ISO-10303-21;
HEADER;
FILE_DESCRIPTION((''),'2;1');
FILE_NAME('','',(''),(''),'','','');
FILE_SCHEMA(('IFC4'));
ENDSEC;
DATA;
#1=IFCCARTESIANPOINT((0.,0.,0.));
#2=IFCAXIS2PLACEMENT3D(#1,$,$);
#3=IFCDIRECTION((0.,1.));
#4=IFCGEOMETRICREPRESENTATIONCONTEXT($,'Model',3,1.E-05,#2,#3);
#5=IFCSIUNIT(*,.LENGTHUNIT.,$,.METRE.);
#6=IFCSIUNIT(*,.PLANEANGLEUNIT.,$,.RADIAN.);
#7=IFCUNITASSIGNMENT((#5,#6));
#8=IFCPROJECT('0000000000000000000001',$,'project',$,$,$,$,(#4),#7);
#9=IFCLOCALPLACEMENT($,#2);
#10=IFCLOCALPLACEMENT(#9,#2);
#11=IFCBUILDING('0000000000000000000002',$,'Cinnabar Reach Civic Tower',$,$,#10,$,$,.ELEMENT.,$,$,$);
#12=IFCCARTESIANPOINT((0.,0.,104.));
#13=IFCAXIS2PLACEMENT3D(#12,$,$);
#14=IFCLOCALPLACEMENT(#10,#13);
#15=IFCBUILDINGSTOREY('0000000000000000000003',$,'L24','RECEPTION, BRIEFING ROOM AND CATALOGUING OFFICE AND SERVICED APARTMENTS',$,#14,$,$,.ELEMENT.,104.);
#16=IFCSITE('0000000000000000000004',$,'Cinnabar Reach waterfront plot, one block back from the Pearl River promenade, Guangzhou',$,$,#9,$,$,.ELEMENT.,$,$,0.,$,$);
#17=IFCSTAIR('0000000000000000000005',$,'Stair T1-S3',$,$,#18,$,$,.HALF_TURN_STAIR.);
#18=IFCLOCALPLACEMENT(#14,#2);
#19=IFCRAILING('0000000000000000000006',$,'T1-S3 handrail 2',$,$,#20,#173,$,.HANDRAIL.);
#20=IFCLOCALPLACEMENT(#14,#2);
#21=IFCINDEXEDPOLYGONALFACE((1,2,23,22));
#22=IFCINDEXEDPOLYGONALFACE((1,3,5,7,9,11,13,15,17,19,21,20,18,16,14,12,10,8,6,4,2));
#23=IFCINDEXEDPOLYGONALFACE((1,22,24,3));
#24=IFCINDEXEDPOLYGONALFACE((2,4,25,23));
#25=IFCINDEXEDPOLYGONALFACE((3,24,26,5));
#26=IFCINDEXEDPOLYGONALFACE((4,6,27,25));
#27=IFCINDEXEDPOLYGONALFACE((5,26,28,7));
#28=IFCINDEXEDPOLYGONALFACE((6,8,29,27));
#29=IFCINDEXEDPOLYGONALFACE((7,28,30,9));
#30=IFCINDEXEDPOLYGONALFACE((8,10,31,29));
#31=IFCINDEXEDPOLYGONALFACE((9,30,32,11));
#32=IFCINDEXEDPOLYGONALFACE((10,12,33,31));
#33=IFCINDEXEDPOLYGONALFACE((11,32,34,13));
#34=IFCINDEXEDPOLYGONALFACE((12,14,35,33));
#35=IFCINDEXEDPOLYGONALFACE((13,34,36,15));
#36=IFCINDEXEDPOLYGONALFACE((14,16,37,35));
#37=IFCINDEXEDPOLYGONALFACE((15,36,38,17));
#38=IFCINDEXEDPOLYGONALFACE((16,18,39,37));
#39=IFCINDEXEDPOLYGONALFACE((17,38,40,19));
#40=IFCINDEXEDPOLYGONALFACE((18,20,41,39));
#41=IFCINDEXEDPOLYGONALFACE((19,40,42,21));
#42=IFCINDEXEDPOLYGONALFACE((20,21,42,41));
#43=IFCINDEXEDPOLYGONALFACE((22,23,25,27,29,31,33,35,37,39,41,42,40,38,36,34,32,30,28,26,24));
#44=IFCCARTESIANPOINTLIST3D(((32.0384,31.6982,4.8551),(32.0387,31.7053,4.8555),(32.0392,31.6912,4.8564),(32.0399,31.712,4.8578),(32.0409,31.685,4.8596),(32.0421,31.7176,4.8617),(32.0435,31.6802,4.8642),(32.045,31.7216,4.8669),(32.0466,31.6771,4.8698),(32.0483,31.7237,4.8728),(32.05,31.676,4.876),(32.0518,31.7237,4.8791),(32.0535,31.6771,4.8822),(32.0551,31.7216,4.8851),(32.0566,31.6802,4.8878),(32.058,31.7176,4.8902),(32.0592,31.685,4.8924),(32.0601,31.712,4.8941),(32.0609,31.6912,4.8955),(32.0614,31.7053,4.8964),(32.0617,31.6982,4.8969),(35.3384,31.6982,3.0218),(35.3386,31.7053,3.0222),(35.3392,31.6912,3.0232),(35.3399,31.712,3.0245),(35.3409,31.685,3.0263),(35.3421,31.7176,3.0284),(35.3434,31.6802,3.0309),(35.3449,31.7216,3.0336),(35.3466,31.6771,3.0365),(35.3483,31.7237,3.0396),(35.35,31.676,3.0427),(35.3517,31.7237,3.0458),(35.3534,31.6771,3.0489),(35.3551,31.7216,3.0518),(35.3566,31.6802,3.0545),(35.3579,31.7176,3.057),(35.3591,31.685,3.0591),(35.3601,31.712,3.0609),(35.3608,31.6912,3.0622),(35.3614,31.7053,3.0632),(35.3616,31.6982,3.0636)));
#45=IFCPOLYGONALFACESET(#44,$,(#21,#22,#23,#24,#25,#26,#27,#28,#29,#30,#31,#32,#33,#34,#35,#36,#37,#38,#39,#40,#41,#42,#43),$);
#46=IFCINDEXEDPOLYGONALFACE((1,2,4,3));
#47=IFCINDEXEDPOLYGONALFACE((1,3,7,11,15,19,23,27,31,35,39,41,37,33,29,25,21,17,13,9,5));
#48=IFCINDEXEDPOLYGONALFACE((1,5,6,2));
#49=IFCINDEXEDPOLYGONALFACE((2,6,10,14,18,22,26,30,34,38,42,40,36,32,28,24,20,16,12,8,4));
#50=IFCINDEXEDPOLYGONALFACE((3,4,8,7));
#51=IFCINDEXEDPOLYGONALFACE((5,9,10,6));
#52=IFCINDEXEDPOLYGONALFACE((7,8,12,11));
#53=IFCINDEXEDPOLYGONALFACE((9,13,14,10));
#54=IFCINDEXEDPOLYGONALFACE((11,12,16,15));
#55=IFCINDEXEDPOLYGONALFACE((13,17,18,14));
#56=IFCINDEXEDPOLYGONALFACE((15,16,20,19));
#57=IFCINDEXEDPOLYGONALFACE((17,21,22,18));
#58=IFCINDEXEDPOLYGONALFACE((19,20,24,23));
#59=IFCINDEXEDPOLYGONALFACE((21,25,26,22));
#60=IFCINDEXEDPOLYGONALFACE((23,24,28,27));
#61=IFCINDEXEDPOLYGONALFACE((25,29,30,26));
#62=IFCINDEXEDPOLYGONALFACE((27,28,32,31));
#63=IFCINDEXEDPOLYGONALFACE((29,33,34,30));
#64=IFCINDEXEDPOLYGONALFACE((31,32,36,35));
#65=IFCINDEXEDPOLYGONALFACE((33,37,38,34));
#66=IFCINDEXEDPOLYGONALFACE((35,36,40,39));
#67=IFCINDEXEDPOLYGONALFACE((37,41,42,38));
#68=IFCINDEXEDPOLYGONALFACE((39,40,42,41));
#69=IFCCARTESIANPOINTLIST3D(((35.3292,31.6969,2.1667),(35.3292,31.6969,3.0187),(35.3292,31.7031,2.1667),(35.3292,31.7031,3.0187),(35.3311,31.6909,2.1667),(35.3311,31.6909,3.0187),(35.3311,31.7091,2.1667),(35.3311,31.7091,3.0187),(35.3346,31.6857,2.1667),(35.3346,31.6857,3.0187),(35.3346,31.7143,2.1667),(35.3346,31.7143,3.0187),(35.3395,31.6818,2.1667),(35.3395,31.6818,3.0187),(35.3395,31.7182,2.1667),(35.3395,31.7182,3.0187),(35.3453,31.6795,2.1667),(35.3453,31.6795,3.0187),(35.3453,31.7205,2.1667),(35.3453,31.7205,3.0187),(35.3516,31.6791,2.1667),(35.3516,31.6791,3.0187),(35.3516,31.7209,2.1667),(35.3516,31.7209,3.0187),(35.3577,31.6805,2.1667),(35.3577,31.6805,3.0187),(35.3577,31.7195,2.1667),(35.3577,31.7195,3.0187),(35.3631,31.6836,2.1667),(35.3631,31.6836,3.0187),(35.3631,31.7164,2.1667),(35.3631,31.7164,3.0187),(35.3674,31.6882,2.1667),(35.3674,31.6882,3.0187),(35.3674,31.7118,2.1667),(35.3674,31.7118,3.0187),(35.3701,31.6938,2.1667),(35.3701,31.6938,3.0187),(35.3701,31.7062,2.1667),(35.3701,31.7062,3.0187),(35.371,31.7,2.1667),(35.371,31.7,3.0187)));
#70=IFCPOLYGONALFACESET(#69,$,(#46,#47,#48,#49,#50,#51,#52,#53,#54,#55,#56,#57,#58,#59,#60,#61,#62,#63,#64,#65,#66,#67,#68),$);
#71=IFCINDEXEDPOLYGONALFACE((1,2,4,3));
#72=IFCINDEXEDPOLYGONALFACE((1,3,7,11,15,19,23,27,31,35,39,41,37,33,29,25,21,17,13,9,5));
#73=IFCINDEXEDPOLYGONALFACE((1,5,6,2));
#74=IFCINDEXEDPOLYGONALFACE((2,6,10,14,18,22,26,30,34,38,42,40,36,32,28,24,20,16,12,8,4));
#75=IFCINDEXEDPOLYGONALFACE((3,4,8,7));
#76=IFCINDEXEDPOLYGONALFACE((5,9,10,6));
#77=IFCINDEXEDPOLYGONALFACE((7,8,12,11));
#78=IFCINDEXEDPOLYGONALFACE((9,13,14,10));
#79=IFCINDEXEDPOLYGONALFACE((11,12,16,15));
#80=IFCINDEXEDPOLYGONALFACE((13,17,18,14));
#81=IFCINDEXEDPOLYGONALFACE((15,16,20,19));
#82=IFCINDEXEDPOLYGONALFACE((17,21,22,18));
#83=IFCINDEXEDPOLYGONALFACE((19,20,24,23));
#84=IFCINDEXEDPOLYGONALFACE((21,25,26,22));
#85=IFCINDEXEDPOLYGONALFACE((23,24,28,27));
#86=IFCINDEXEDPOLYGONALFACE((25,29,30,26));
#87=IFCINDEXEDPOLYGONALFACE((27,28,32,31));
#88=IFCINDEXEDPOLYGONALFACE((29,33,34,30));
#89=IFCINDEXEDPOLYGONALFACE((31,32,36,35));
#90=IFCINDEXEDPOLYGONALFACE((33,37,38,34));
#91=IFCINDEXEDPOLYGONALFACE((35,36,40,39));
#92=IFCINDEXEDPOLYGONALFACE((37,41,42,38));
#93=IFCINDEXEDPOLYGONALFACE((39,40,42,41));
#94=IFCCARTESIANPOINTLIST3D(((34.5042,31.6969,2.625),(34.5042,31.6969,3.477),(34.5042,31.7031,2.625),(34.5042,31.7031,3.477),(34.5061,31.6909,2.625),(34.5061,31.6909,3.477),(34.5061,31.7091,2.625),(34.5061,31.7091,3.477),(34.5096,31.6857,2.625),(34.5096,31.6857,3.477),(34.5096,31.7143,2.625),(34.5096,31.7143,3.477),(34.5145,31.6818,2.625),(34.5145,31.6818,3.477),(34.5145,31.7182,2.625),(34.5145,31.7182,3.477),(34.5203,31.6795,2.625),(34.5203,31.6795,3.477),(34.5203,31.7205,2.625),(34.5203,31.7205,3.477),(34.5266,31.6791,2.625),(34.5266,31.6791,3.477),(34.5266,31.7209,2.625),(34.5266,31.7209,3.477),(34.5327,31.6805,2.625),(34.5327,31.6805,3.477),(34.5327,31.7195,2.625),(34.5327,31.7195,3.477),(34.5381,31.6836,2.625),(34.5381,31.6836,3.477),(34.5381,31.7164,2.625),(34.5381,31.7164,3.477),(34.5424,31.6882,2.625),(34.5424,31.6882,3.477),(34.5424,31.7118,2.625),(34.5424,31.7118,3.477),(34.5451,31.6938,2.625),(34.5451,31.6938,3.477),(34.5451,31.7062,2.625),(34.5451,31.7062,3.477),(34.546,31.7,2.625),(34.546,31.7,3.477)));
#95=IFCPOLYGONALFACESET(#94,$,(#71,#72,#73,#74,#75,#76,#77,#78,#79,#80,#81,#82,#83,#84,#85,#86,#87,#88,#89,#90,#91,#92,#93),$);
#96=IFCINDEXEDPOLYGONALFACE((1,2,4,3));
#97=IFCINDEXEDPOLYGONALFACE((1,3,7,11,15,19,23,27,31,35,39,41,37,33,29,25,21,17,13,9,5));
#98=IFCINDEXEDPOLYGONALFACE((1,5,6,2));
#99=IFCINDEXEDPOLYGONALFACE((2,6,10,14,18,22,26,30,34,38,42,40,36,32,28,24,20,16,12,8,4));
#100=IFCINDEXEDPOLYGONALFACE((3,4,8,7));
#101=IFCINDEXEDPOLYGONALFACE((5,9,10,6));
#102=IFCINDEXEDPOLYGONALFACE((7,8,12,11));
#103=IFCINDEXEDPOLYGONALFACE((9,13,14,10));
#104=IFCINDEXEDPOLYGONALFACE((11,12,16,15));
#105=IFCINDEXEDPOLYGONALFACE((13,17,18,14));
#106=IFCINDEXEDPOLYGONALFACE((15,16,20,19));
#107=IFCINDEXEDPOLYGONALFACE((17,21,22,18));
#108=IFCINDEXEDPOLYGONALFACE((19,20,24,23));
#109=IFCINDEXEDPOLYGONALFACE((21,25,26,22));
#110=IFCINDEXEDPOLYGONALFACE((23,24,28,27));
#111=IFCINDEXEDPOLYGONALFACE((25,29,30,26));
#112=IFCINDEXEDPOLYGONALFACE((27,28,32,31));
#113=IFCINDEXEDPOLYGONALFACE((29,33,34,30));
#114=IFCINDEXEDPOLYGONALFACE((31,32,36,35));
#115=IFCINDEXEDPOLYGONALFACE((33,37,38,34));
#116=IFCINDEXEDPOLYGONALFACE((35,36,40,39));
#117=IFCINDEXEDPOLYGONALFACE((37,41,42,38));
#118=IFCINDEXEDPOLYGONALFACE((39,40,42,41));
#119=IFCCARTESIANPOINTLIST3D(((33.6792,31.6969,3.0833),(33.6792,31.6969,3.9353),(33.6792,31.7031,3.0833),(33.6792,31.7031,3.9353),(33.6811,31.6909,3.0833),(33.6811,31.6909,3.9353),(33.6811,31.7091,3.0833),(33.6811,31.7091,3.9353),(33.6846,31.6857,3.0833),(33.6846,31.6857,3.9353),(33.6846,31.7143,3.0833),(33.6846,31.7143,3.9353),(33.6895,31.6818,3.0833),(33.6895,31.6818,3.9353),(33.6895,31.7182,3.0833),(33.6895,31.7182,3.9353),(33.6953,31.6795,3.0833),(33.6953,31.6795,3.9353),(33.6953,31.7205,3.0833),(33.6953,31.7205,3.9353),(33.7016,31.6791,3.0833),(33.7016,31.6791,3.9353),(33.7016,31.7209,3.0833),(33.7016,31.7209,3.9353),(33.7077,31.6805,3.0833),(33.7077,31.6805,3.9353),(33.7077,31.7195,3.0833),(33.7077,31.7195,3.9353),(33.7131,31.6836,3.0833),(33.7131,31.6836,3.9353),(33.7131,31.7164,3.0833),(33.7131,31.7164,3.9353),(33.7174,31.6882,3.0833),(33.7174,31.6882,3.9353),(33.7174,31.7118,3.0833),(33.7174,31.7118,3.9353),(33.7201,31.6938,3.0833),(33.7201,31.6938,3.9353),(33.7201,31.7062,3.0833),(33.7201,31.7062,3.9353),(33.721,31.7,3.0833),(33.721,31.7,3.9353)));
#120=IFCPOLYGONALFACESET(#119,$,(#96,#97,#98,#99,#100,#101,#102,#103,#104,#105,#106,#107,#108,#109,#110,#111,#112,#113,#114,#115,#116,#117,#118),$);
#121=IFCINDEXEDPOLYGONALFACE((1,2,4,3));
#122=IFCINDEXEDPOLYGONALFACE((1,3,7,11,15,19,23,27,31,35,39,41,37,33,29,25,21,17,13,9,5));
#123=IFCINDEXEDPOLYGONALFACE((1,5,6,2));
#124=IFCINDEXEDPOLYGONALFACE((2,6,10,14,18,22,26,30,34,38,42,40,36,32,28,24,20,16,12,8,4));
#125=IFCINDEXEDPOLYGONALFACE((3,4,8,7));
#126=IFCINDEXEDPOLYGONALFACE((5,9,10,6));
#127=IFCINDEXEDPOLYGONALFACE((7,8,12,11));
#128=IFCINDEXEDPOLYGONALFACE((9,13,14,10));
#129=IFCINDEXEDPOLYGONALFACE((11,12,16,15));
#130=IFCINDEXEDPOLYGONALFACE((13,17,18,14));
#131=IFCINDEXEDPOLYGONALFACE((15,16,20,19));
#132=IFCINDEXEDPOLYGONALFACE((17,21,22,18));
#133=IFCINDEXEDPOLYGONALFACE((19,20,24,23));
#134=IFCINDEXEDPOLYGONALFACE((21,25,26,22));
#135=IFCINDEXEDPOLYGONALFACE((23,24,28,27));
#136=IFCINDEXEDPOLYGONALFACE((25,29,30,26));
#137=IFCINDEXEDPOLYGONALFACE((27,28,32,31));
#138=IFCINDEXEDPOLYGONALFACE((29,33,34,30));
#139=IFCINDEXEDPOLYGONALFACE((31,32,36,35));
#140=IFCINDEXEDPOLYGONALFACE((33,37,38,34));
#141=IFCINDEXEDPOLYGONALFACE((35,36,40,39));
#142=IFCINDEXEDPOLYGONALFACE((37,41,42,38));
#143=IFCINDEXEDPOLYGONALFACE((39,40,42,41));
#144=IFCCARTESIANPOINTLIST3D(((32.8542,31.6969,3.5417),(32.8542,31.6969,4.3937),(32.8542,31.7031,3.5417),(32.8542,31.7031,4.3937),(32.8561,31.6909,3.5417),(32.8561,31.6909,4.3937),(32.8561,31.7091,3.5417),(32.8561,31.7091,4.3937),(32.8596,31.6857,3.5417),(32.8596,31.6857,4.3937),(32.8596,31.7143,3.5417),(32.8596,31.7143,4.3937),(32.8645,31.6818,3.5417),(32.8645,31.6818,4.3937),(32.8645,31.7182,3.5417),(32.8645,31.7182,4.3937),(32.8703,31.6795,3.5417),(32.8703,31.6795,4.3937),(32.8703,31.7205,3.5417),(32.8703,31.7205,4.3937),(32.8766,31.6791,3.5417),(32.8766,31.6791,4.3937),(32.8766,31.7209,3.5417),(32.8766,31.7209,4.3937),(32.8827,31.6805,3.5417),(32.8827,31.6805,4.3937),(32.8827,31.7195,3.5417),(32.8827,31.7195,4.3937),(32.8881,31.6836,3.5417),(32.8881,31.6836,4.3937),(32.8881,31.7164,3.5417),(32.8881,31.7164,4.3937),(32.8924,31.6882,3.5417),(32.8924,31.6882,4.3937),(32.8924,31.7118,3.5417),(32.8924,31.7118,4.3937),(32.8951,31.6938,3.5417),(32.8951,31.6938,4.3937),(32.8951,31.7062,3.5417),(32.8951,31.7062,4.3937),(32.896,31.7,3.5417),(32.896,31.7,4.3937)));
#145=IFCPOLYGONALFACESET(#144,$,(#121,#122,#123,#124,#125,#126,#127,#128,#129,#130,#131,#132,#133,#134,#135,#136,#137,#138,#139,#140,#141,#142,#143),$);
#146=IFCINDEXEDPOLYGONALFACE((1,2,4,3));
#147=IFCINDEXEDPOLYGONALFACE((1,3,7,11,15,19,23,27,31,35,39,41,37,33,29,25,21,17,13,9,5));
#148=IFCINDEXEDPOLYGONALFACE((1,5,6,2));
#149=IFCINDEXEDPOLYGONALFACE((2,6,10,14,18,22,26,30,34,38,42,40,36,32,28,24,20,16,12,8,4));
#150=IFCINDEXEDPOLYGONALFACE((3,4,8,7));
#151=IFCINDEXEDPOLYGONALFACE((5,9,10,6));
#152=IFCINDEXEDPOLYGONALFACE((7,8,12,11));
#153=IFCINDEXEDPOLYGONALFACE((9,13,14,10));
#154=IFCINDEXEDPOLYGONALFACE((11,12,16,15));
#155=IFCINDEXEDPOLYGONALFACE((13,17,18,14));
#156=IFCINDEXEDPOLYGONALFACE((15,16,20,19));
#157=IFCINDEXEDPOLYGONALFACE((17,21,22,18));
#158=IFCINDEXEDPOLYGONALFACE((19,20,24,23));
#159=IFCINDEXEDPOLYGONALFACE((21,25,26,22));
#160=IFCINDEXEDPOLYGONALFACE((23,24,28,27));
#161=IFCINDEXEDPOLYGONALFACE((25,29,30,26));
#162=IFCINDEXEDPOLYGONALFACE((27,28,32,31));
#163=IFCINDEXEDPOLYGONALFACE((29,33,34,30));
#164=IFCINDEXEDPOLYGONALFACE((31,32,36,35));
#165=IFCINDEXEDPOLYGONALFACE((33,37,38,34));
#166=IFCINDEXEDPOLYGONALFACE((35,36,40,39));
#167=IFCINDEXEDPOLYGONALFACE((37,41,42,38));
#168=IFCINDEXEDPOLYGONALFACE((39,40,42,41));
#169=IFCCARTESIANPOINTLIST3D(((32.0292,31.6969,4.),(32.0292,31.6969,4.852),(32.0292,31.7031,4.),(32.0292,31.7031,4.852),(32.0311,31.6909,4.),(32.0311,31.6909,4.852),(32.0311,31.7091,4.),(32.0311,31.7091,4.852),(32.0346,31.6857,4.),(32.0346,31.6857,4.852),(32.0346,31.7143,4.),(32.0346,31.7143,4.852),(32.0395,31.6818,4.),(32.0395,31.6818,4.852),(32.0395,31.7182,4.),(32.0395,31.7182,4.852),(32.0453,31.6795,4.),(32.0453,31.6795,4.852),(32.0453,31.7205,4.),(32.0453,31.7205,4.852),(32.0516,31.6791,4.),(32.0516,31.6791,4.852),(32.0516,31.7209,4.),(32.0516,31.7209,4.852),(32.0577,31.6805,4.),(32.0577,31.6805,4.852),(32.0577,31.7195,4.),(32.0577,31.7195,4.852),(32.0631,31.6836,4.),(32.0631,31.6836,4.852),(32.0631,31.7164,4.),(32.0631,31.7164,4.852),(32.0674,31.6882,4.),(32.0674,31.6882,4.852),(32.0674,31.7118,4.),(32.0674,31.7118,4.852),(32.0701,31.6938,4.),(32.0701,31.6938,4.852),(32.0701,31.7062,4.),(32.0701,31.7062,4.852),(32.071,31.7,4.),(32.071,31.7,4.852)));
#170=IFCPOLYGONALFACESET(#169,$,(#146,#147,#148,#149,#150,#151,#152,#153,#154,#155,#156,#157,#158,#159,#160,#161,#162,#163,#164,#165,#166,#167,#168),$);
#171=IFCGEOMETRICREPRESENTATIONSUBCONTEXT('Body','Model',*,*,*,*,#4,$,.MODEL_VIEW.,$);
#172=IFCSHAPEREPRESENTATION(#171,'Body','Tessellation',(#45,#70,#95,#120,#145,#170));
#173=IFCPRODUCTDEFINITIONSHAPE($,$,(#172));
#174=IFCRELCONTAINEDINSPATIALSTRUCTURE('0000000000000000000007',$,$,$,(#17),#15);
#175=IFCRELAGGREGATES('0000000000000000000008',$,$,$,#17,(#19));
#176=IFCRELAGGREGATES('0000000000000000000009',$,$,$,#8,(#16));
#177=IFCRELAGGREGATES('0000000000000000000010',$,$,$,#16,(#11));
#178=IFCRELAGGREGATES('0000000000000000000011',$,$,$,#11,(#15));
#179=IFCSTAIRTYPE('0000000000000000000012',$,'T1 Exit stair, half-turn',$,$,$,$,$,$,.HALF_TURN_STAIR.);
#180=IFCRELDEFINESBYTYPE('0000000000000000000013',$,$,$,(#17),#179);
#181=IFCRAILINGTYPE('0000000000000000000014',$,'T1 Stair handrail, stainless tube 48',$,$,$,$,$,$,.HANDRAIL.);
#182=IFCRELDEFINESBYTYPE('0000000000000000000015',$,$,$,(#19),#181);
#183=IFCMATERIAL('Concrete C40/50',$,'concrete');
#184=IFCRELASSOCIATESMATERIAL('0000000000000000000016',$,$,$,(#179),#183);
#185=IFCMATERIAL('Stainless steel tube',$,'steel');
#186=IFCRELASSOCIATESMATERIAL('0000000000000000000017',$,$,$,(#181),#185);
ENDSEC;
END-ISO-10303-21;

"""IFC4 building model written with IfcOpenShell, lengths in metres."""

from ifc_helpers import new_model, si_unit, direction, frame, origin, origin_2d, place, context, subcontext, project, spatial, circle, extrude, material, type_object, element, aggregate, save


model = new_model("IFC4")

# Units and contexts
model_context = context("Model", 3, precision=1e-05, world=origin(), true_north=direction((0.0, 1.0)))
body_context = subcontext(model_context, "Body", "Model", "MODEL_VIEW")
ifc_project = project(units=[si_unit("LENGTHUNIT", "METRE"), si_unit("PLANEANGLEUNIT", "RADIAN")], contexts=[model_context])

# Site, building, storey
site_placement = place(None, origin())
site = spatial("IfcSite", under=ifc_project, at=site_placement, Name="Cinnabar Reach waterfront plot, one block back from the Pearl River promenade, Guangzhou", CompositionType="ELEMENT", RefElevation=0.0)
building_placement = place(site_placement, origin())
building = spatial("IfcBuilding", under=site, at=building_placement, Name="Cinnabar Reach Civic Tower", CompositionType="ELEMENT")
storey_placement = place(building_placement, frame((0.0, 0.0, 104.0)))
storey = spatial("IfcBuildingStorey", under=building, at=storey_placement, Name="L24", Description="RECEPTION, BRIEFING ROOM AND CATALOGUING OFFICE AND SERVICED APARTMENTS", CompositionType="ELEMENT", Elevation=104.0)

# Stair, railing
ifc_material_1 = material(Name="Concrete C40/50", Category="concrete")
stair_type = type_object("IfcStairType", Name="T1 Exit stair, half-turn", PredefinedType="HALF_TURN_STAIR", material=ifc_material_1)
stair_placement = place(storey_placement, origin())
stair = element("IfcStair", 1, at=stair_placement, inside=storey, type_object=stair_type, Name="Stair T1-S3", PredefinedType="HALF_TURN_STAIR")
ifc_material_2 = material(Name="Stainless steel tube", Category="steel")
railing_type = type_object("IfcRailingType", Name="T1 Stair handrail, stainless tube 48", PredefinedType="HANDRAIL", material=ifc_material_2)
railing_1_placement = place(storey_placement, frame((35.35, 31.7, 2.1667)))
railing_1 = element("IfcRailing", 2, at=railing_1_placement, type_object=railing_type, Name="T1-S3 handrail 2", PredefinedType="HANDRAIL", context=body_context, shape_type="SweptSolid", body=[
    extrude(circle(Radius=0.024, at=origin_2d()), frame((0.0, 0.0, 0.876), z_axis=(-0.874161, 0.0, 0.485636), x_axis=(0.0, -1.0, 0.0)), (0.0, 0.0, 1.0), 3.775),
    extrude(circle(Radius=0.021, at=origin_2d()), origin(), (0.0, 0.0, 1.0), 0.852),
    extrude(circle(Radius=0.021, at=origin_2d()), frame((-0.825, 0.0, 0.4583)), (0.0, 0.0, 1.0), 0.852),
    extrude(circle(Radius=0.021, at=origin_2d()), frame((-1.65, 0.0, 0.9166)), (0.0, 0.0, 1.0), 0.852),
    extrude(circle(Radius=0.021, at=origin_2d()), frame((-2.475, 0.0, 1.375)), (0.0, 0.0, 1.0), 0.852),
    extrude(circle(Radius=0.021, at=origin_2d()), frame((-3.3, 0.0, 1.8333)), (0.0, 0.0, 1.0), 0.852),
])
aggregate(stair, [railing_1])

save(model, "model.ifc")
